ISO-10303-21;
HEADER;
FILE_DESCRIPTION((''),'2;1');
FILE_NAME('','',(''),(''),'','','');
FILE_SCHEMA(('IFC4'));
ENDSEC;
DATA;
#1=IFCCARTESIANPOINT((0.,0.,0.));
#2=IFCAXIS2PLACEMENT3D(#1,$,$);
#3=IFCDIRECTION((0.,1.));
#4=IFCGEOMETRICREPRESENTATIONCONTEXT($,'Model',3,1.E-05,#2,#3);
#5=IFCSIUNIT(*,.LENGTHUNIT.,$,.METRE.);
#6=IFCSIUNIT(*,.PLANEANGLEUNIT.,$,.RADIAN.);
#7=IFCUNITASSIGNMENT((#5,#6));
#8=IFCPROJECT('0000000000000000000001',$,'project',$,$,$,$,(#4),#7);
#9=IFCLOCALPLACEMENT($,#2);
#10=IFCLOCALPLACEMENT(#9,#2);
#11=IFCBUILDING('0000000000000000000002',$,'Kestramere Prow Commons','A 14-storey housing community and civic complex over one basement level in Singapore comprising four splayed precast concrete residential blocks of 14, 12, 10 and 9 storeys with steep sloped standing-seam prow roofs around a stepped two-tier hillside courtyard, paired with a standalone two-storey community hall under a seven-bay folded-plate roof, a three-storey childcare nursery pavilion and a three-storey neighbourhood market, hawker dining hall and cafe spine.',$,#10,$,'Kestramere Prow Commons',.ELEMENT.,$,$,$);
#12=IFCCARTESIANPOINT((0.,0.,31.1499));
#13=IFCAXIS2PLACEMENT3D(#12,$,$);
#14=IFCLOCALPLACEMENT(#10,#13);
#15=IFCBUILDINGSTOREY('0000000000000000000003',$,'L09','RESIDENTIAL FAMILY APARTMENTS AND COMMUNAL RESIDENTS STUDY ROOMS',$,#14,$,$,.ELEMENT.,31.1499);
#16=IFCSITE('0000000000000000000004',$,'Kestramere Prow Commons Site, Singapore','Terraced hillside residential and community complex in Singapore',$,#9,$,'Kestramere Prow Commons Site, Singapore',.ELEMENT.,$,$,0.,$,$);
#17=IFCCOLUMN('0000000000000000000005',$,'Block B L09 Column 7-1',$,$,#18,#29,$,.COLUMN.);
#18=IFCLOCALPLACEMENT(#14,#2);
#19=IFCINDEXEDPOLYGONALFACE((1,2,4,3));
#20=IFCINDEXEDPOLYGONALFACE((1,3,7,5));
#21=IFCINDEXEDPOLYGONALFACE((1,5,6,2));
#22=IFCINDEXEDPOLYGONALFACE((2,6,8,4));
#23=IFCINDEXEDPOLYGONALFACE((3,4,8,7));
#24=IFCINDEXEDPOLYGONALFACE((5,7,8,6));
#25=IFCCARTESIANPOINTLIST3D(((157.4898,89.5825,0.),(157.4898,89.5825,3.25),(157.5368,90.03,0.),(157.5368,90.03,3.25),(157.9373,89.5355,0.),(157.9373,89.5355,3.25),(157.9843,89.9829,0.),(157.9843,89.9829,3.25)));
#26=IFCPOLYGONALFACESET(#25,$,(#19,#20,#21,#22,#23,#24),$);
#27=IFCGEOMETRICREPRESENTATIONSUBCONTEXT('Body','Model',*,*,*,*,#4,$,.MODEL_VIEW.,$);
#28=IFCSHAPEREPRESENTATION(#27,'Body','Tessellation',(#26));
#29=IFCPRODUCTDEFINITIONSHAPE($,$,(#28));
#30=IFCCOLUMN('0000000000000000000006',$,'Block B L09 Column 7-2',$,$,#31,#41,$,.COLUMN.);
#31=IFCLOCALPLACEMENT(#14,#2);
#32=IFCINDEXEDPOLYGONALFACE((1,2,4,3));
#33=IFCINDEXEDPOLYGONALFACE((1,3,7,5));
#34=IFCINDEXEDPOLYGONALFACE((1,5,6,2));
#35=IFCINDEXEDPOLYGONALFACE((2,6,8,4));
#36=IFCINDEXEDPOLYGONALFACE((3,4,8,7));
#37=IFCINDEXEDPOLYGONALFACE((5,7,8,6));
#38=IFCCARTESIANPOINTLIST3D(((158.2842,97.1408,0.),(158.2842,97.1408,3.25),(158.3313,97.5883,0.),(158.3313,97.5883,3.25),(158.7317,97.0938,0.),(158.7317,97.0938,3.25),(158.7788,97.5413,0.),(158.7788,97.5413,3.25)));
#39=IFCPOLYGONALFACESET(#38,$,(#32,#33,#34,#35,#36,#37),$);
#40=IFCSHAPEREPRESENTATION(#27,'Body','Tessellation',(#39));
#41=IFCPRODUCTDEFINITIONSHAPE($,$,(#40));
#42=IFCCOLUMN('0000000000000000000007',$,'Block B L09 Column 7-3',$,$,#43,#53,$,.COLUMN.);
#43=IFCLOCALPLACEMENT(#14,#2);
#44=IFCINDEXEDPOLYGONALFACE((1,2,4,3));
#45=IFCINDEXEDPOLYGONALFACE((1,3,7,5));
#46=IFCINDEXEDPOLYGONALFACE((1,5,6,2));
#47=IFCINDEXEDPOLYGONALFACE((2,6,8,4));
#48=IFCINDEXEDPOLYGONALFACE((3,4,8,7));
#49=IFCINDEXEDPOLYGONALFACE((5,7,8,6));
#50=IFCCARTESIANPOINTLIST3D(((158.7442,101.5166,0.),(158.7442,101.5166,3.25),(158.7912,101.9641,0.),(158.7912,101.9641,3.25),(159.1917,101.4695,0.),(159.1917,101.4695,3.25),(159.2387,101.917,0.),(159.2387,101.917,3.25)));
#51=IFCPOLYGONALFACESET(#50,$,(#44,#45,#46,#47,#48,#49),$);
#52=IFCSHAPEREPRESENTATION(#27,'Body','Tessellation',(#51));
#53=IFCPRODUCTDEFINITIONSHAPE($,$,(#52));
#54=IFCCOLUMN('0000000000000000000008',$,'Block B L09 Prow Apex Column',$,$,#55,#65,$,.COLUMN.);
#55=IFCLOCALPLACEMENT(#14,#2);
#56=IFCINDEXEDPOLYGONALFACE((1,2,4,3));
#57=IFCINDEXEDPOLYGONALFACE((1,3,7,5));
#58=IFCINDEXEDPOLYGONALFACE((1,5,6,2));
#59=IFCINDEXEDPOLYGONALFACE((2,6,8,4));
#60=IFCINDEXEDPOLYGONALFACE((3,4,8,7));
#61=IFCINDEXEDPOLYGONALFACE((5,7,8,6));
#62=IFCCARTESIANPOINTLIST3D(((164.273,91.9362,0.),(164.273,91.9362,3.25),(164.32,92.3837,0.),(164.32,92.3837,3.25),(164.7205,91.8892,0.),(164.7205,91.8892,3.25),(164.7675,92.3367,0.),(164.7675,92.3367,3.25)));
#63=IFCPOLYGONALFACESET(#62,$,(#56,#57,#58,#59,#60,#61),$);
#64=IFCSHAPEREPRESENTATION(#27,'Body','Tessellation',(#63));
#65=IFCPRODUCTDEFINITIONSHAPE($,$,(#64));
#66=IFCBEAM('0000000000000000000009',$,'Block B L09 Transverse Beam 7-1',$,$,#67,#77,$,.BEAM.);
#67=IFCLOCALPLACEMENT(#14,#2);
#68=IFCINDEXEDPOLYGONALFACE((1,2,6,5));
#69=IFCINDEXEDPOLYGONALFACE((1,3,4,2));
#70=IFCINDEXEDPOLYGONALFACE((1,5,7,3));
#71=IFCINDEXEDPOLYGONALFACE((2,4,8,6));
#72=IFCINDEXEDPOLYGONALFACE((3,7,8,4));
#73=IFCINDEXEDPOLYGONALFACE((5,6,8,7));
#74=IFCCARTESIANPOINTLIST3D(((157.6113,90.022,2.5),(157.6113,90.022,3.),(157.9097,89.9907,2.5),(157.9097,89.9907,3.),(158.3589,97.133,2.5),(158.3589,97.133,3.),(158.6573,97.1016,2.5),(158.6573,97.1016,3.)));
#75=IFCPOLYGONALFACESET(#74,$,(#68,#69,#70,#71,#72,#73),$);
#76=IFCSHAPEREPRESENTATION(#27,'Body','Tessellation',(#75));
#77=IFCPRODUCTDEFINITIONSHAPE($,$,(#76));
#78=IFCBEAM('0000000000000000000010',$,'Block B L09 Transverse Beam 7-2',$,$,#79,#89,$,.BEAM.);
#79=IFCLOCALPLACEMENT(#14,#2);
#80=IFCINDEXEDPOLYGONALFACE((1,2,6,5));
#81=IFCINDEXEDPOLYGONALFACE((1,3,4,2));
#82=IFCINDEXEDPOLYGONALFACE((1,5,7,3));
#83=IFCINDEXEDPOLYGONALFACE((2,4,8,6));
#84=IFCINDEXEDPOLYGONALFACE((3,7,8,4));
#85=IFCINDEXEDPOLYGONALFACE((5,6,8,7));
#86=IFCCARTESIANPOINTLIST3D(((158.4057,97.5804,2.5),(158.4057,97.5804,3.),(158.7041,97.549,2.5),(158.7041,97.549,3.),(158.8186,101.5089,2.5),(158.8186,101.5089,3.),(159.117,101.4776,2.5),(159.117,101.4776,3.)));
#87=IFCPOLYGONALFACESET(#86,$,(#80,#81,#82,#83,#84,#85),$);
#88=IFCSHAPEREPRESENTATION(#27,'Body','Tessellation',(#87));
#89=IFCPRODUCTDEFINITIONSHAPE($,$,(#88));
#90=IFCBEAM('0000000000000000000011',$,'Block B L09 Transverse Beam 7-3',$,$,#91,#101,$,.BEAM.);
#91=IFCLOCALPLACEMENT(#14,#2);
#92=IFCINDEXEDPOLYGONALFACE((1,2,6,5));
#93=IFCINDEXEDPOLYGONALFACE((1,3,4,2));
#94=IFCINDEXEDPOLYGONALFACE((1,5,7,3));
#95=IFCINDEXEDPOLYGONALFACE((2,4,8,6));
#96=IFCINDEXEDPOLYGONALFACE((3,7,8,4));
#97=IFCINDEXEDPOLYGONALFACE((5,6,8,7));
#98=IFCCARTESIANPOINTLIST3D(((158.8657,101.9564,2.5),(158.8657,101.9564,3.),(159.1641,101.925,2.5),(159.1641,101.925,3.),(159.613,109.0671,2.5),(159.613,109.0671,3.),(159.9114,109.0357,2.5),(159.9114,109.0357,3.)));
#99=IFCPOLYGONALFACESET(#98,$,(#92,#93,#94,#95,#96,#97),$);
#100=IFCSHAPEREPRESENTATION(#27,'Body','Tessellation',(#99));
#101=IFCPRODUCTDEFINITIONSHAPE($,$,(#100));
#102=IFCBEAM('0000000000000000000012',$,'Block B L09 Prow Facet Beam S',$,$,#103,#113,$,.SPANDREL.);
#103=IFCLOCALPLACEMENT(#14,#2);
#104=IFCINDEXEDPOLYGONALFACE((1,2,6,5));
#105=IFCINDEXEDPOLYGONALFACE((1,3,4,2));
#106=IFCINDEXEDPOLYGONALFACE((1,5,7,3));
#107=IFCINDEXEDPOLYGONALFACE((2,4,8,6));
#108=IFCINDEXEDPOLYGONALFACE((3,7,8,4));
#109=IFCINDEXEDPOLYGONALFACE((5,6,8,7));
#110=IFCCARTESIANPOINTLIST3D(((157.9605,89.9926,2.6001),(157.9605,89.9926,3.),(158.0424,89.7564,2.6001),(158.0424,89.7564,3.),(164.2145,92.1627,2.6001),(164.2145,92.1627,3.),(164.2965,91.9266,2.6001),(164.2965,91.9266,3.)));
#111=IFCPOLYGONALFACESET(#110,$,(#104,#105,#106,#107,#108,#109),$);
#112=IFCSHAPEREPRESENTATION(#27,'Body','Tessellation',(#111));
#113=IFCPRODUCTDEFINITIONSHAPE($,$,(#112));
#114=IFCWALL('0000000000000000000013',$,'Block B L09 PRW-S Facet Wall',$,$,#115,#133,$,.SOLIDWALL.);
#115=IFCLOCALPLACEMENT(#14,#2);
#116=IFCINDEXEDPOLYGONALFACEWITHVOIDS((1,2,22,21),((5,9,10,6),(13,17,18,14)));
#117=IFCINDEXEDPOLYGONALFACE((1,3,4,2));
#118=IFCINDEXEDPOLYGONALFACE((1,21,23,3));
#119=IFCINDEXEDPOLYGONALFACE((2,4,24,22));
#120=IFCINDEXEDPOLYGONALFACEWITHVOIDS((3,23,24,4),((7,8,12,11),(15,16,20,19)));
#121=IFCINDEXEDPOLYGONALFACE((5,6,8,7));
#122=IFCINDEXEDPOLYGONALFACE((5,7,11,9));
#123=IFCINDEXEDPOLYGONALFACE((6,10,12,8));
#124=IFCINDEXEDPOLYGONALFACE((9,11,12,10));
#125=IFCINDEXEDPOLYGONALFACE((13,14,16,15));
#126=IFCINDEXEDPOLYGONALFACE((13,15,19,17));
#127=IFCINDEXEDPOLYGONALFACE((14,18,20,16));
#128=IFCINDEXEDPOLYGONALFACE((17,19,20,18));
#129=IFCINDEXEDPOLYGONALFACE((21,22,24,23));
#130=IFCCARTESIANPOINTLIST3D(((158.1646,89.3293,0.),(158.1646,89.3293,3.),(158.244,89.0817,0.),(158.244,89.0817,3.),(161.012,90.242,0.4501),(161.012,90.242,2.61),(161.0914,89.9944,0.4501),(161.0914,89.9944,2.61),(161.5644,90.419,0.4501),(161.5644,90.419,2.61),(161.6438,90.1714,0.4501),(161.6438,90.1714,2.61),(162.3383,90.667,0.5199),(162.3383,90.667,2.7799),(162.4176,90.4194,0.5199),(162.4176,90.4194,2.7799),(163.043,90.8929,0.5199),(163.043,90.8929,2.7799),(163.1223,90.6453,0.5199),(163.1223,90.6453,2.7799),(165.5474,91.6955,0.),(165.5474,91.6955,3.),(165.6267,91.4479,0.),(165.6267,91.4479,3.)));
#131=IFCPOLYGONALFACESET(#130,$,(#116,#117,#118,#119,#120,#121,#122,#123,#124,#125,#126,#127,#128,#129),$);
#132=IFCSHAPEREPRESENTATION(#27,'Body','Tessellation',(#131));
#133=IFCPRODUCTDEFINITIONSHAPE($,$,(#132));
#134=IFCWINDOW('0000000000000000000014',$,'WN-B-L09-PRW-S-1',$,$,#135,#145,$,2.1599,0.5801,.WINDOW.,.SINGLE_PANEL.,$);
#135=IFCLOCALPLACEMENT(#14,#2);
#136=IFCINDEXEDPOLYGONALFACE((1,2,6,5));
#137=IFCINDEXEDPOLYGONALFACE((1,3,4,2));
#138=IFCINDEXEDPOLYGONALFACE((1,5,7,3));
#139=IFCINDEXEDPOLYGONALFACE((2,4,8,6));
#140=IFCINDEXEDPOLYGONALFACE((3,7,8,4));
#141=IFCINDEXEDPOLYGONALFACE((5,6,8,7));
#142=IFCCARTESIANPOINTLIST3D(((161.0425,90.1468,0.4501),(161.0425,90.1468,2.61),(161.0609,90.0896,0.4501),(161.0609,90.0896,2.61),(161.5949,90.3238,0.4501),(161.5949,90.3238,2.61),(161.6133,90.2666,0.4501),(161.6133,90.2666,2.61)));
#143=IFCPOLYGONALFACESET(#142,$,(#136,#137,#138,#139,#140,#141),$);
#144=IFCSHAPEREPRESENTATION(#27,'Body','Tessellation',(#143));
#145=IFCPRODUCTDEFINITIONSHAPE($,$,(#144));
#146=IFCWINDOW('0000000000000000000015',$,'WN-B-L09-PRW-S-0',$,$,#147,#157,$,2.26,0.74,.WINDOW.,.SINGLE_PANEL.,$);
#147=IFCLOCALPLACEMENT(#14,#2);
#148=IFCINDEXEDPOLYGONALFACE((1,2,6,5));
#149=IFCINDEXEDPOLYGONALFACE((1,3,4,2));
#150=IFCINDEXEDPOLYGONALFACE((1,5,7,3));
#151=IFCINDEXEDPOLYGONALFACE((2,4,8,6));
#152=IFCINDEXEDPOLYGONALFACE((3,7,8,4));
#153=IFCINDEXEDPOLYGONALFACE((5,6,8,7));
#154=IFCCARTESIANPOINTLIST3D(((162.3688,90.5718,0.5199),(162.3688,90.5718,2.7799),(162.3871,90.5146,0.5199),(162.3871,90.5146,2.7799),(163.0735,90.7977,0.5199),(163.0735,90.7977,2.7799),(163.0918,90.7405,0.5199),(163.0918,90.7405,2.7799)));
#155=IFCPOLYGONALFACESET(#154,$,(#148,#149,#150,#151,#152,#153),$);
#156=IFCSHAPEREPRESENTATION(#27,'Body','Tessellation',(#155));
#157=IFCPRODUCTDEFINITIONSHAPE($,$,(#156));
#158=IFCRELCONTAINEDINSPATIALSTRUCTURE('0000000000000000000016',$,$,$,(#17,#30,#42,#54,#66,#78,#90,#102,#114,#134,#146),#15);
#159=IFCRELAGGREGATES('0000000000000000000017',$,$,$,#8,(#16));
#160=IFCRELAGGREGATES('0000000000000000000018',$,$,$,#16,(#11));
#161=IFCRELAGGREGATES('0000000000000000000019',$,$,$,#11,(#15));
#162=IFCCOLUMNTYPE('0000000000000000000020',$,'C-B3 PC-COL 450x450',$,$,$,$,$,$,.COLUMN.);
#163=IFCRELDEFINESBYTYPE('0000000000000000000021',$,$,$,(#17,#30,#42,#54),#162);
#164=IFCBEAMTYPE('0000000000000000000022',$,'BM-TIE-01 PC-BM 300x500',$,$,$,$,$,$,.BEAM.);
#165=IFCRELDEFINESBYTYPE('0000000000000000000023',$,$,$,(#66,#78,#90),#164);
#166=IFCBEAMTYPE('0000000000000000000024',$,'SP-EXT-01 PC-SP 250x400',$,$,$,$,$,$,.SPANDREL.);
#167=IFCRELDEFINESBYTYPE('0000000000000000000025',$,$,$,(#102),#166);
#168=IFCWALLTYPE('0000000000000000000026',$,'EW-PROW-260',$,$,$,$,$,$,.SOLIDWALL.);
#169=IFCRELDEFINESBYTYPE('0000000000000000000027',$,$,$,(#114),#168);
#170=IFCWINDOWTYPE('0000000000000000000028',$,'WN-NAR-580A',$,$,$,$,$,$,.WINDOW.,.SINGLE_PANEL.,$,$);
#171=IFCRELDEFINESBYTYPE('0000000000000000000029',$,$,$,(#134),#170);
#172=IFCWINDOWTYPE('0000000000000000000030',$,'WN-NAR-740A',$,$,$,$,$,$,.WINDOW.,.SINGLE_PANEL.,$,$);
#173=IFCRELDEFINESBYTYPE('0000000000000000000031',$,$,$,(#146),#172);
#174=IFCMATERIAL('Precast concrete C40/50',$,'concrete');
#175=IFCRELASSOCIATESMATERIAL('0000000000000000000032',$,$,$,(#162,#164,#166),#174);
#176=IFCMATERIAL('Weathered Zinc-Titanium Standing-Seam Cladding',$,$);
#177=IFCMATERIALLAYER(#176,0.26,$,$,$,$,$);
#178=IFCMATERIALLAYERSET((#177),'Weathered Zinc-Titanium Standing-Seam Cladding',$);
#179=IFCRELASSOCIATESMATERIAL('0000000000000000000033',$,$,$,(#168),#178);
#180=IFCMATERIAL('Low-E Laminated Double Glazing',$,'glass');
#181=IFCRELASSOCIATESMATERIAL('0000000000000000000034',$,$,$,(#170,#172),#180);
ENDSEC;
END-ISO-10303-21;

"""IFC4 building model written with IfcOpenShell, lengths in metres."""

from ifc_helpers import new_model, si_unit, direction, frame, frame_2d, origin, origin_2d, place, context, subcontext, project, spatial, rectangle, extrude, material, layer, layer_set, material_profile, profile_set, type_object, element, fill, save


model = new_model("IFC4")

# Units and contexts
model_context = context("Model", 3, precision=1e-05, world=origin(), true_north=direction((0.0, 1.0)))
body_context = subcontext(model_context, "Body", "Model", "MODEL_VIEW")
ifc_project = project(units=[si_unit("LENGTHUNIT", "METRE"), si_unit("PLANEANGLEUNIT", "RADIAN")], contexts=[model_context])

# Site, building, storey
site_placement = place(None, origin())
site = spatial("IfcSite", under=ifc_project, at=site_placement, Name="Kestramere Prow Commons Site, Singapore", Description="Terraced hillside residential and community complex in Singapore", LongName="Kestramere Prow Commons Site, Singapore", CompositionType="ELEMENT", RefElevation=0.0)
building_placement = place(site_placement, origin())
building = spatial("IfcBuilding", under=site, at=building_placement, Name="Kestramere Prow Commons", Description="A 14-storey housing community and civic complex over one basement level in Singapore comprising four splayed precast concrete residential blocks of 14, 12, 10 and 9 storeys with steep sloped standing-seam prow roofs around a stepped two-tier hillside courtyard, paired with a standalone two-storey community hall under a seven-bay folded-plate roof, a three-storey childcare nursery pavilion and a three-storey neighbourhood market, hawker dining hall and cafe spine.", LongName="Kestramere Prow Commons", CompositionType="ELEMENT")
storey_placement = place(building_placement, frame((0.0, 0.0, 31.1499)))
storey = spatial("IfcBuildingStorey", under=building, at=storey_placement, Name="L09", Description="RESIDENTIAL FAMILY APARTMENTS AND COMMUNAL RESIDENTS STUDY ROOMS", CompositionType="ELEMENT", Elevation=31.1499)

# Columns
ifc_material_1 = material(Name="Precast concrete C40/50", Category="concrete")
ifc_material_profile_1 = material_profile(ifc_material_1, rectangle(XDim=0.45, YDim=0.45, at=origin_2d()), Name="PC-COL 450x450")
ifc_profile_set_1 = profile_set([ifc_material_profile_1], Name="Precast concrete C40/50")
column_type = type_object("IfcColumnType", Name="C-B3 PC-COL 450x450", PredefinedType="COLUMN", material=ifc_profile_set_1)
for number, where, z_axis, x_axis, name in (
    (1, (157.7371, 89.7827, 0.0), (0.0, 0.0, 1.0), (0.994522, -0.104528, 0.0), "Block B L09 Column 7-1"),
    (2, (158.5315, 97.3411, 0.0), (0.0, 0.0, 1.0), (0.994522, -0.104528, 0.0), "Block B L09 Column 7-2"),
    (3, (158.9915, 101.7168, 0.0), (0.0, 0.0, 1.0), (0.994522, -0.104528, 0.0), "Block B L09 Column 7-3"),
    (4, (164.5203, 92.1365, 0.0), (0.0, 0.0, 1.0), (0.994522, -0.104528, 0.0), "Block B L09 Prow Apex Column"),
):
    element("IfcColumn", number, at=place(storey_placement, frame(where, z_axis=z_axis, x_axis=x_axis)), inside=storey, type_object=column_type, Name=name, PredefinedType="COLUMN", context=body_context, shape_type="SweptSolid", body=[
        extrude(rectangle(XDim=0.45, YDim=0.45, at=origin_2d()), origin(), (0.0, 0.0, 1.0), 3.25),
    ])

# Beams
ifc_material_profile_2 = material_profile(ifc_material_1, rectangle(XDim=0.3, YDim=0.5, at=origin_2d()), Name="PC-BM 300x500")
ifc_profile_set_2 = profile_set([ifc_material_profile_2], Name="Precast concrete C40/50")
beam_type_1 = type_object("IfcBeamType", Name="BM-TIE-01 PC-BM 300x500", PredefinedType="BEAM", material=ifc_profile_set_2)
beam_1_placement = place(storey_placement, frame((157.7605, 90.0063, 2.75), z_axis=(0.104553, 0.994519, 0.0), x_axis=(-0.994519, 0.104553, 0.0)))
element("IfcBeam", 5, at=beam_1_placement, inside=storey, type_object=beam_type_1, Name="Block B L09 Transverse Beam 7-1", PredefinedType="BEAM", context=body_context, shape_type="SweptSolid", body=[
    extrude(rectangle(XDim=0.3, YDim=0.5, at=origin_2d()), origin(), (0.0, 0.0, 1.0), 7.1501),
])
beam_2_placement = place(storey_placement, frame((158.5549, 97.5647, 2.75), z_axis=(0.104514, 0.994523, 0.0), x_axis=(-0.994523, 0.104514, 0.0)))
element("IfcBeam", 6, at=beam_2_placement, inside=storey, type_object=beam_type_1, Name="Block B L09 Transverse Beam 7-2", PredefinedType="BEAM", context=body_context, shape_type="SweptSolid", body=[
    extrude(rectangle(XDim=0.3, YDim=0.5, at=origin_2d()), origin(), (0.0, 0.0, 1.0), 3.9502),
])
beam_3_placement = place(storey_placement, frame((159.0149, 101.9407, 2.75), z_axis=(0.104519, 0.994523, 0.0), x_axis=(-0.994523, 0.104519, 0.0)))
element("IfcBeam", 7, at=beam_3_placement, inside=storey, type_object=beam_type_1, Name="Block B L09 Transverse Beam 7-3", PredefinedType="BEAM", context=body_context, shape_type="SweptSolid", body=[
    extrude(rectangle(XDim=0.3, YDim=0.5, at=origin_2d()), origin(), (0.0, 0.0, 1.0), 7.1499),
])
ifc_material_profile_3 = material_profile(ifc_material_1, rectangle(XDim=0.25, YDim=0.3999, at=origin_2d()), Name="PC-SP 250x400")
ifc_profile_set_3 = profile_set([ifc_material_profile_3], Name="Precast concrete C40/50")
beam_type_2 = type_object("IfcBeamType", Name="SP-EXT-01 PC-SP 250x400", PredefinedType="SPANDREL", material=ifc_profile_set_3)
beam_4_placement = place(storey_placement, frame((158.0015, 89.8745, 2.8), z_axis=(0.94474, 0.327821, 0.0), x_axis=(-0.327821, 0.94474, 0.0)))
element("IfcBeam", 8, at=beam_4_placement, inside=storey, type_object=beam_type_2, Name="Block B L09 Prow Facet Beam S", PredefinedType="SPANDREL", context=body_context, shape_type="SweptSolid", body=[
    extrude(rectangle(XDim=0.25, YDim=0.3999, at=origin_2d()), origin(), (0.0, 0.0, 1.0), 6.6199),
])

# Wall, openings, windows
ifc_material_2 = material(Name="Weathered Zinc-Titanium Standing-Seam Cladding")
ifc_layer_1 = layer(ifc_material_2, 0.26)
ifc_layer_set_1 = layer_set([ifc_layer_1], Name="Weathered Zinc-Titanium Standing-Seam Cladding")
wall_type_1 = type_object("IfcWallType", Name="EW-PROW-260", PredefinedType="SOLIDWALL", material=ifc_layer_set_1)
wall_1_placement = place(storey_placement, frame((165.5872, 91.5718, 0.0), z_axis=(0.0, 0.0, 1.0), x_axis=(-0.952285, -0.30521, 0.0)))
wall_1 = element("IfcWall", 9, at=wall_1_placement, inside=storey, type_object=wall_type_1, Name="Block B L09 PRW-S Facet Wall", PredefinedType="SOLIDWALL", context=body_context, shape_type="SweptSolid", body=[
    extrude(rectangle(XDim=7.7527, YDim=0.26, at=frame_2d((3.8765, 0.0))), origin(), (0.0, 0.0, 1.0), 3.0),
])
opening_1_placement = place(wall_1_placement, frame((2.6299, 0.0, 0.52)))
opening_1 = element("IfcOpeningElement", 10, at=opening_1_placement, cuts=wall_1, PredefinedType="OPENING", context=body_context, shape_type="SweptSolid", body=[
    extrude(rectangle(XDim=0.74, YDim=2.26, at=frame_2d((0.3701, 1.1299))), frame((0.0, 0.145, 0.0), z_axis=(0.0, -1.0, 0.0), x_axis=(1.0, 0.0, 0.0)), (0.0, 0.0, 1.0), 0.29),
])
opening_2_placement = place(wall_1_placement, frame((4.1826, 0.0, 0.45)))
opening_2 = element("IfcOpeningElement", 11, at=opening_2_placement, cuts=wall_1, PredefinedType="OPENING", context=body_context, shape_type="SweptSolid", body=[
    extrude(rectangle(XDim=0.5801, YDim=2.1599, at=frame_2d((0.29, 1.0801))), frame((0.0, 0.145, 0.0), z_axis=(0.0, -1.0, 0.0), x_axis=(1.0, 0.0, 0.0)), (0.0, 0.0, 1.0), 0.29),
])
ifc_material_3 = material(Name="Low-E Laminated Double Glazing", Category="glass")
window_type_1 = type_object("IfcWindowType", Name="WN-NAR-580A", PartitioningType="SINGLE_PANEL", PredefinedType="WINDOW", material=ifc_material_3)
window_1_placement = place(opening_2_placement, origin())
window_1 = element("IfcWindow", 12, at=window_1_placement, inside=storey, type_object=window_type_1, Name="WN-B-L09-PRW-S-1", OverallHeight=2.1599, OverallWidth=0.5801, PartitioningType="SINGLE_PANEL", PredefinedType="WINDOW", context=body_context, shape_type="SweptSolid", body=[
    extrude(rectangle(XDim=0.5801, YDim=2.1599, at=frame_2d((0.29, 1.0801))), frame((0.0, 0.03, 0.0), z_axis=(0.0, -1.0, 0.0), x_axis=(1.0, 0.0, 0.0)), (0.0, 0.0, 1.0), 0.0601),
])
fill(opening_2, window_1)
window_type_2 = type_object("IfcWindowType", Name="WN-NAR-740A", PartitioningType="SINGLE_PANEL", PredefinedType="WINDOW", material=ifc_material_3)
window_2_placement = place(opening_1_placement, origin())
window_2 = element("IfcWindow", 13, at=window_2_placement, inside=storey, type_object=window_type_2, Name="WN-B-L09-PRW-S-0", OverallHeight=2.26, OverallWidth=0.74, PartitioningType="SINGLE_PANEL", PredefinedType="WINDOW", context=body_context, shape_type="SweptSolid", body=[
    extrude(rectangle(XDim=0.74, YDim=2.26, at=frame_2d((0.3701, 1.1299))), frame((0.0, 0.03, 0.0), z_axis=(0.0, -1.0, 0.0), x_axis=(1.0, 0.0, 0.0)), (0.0, 0.0, 1.0), 0.0601),
])
fill(opening_1, window_2)

save(model, "model.ifc")
